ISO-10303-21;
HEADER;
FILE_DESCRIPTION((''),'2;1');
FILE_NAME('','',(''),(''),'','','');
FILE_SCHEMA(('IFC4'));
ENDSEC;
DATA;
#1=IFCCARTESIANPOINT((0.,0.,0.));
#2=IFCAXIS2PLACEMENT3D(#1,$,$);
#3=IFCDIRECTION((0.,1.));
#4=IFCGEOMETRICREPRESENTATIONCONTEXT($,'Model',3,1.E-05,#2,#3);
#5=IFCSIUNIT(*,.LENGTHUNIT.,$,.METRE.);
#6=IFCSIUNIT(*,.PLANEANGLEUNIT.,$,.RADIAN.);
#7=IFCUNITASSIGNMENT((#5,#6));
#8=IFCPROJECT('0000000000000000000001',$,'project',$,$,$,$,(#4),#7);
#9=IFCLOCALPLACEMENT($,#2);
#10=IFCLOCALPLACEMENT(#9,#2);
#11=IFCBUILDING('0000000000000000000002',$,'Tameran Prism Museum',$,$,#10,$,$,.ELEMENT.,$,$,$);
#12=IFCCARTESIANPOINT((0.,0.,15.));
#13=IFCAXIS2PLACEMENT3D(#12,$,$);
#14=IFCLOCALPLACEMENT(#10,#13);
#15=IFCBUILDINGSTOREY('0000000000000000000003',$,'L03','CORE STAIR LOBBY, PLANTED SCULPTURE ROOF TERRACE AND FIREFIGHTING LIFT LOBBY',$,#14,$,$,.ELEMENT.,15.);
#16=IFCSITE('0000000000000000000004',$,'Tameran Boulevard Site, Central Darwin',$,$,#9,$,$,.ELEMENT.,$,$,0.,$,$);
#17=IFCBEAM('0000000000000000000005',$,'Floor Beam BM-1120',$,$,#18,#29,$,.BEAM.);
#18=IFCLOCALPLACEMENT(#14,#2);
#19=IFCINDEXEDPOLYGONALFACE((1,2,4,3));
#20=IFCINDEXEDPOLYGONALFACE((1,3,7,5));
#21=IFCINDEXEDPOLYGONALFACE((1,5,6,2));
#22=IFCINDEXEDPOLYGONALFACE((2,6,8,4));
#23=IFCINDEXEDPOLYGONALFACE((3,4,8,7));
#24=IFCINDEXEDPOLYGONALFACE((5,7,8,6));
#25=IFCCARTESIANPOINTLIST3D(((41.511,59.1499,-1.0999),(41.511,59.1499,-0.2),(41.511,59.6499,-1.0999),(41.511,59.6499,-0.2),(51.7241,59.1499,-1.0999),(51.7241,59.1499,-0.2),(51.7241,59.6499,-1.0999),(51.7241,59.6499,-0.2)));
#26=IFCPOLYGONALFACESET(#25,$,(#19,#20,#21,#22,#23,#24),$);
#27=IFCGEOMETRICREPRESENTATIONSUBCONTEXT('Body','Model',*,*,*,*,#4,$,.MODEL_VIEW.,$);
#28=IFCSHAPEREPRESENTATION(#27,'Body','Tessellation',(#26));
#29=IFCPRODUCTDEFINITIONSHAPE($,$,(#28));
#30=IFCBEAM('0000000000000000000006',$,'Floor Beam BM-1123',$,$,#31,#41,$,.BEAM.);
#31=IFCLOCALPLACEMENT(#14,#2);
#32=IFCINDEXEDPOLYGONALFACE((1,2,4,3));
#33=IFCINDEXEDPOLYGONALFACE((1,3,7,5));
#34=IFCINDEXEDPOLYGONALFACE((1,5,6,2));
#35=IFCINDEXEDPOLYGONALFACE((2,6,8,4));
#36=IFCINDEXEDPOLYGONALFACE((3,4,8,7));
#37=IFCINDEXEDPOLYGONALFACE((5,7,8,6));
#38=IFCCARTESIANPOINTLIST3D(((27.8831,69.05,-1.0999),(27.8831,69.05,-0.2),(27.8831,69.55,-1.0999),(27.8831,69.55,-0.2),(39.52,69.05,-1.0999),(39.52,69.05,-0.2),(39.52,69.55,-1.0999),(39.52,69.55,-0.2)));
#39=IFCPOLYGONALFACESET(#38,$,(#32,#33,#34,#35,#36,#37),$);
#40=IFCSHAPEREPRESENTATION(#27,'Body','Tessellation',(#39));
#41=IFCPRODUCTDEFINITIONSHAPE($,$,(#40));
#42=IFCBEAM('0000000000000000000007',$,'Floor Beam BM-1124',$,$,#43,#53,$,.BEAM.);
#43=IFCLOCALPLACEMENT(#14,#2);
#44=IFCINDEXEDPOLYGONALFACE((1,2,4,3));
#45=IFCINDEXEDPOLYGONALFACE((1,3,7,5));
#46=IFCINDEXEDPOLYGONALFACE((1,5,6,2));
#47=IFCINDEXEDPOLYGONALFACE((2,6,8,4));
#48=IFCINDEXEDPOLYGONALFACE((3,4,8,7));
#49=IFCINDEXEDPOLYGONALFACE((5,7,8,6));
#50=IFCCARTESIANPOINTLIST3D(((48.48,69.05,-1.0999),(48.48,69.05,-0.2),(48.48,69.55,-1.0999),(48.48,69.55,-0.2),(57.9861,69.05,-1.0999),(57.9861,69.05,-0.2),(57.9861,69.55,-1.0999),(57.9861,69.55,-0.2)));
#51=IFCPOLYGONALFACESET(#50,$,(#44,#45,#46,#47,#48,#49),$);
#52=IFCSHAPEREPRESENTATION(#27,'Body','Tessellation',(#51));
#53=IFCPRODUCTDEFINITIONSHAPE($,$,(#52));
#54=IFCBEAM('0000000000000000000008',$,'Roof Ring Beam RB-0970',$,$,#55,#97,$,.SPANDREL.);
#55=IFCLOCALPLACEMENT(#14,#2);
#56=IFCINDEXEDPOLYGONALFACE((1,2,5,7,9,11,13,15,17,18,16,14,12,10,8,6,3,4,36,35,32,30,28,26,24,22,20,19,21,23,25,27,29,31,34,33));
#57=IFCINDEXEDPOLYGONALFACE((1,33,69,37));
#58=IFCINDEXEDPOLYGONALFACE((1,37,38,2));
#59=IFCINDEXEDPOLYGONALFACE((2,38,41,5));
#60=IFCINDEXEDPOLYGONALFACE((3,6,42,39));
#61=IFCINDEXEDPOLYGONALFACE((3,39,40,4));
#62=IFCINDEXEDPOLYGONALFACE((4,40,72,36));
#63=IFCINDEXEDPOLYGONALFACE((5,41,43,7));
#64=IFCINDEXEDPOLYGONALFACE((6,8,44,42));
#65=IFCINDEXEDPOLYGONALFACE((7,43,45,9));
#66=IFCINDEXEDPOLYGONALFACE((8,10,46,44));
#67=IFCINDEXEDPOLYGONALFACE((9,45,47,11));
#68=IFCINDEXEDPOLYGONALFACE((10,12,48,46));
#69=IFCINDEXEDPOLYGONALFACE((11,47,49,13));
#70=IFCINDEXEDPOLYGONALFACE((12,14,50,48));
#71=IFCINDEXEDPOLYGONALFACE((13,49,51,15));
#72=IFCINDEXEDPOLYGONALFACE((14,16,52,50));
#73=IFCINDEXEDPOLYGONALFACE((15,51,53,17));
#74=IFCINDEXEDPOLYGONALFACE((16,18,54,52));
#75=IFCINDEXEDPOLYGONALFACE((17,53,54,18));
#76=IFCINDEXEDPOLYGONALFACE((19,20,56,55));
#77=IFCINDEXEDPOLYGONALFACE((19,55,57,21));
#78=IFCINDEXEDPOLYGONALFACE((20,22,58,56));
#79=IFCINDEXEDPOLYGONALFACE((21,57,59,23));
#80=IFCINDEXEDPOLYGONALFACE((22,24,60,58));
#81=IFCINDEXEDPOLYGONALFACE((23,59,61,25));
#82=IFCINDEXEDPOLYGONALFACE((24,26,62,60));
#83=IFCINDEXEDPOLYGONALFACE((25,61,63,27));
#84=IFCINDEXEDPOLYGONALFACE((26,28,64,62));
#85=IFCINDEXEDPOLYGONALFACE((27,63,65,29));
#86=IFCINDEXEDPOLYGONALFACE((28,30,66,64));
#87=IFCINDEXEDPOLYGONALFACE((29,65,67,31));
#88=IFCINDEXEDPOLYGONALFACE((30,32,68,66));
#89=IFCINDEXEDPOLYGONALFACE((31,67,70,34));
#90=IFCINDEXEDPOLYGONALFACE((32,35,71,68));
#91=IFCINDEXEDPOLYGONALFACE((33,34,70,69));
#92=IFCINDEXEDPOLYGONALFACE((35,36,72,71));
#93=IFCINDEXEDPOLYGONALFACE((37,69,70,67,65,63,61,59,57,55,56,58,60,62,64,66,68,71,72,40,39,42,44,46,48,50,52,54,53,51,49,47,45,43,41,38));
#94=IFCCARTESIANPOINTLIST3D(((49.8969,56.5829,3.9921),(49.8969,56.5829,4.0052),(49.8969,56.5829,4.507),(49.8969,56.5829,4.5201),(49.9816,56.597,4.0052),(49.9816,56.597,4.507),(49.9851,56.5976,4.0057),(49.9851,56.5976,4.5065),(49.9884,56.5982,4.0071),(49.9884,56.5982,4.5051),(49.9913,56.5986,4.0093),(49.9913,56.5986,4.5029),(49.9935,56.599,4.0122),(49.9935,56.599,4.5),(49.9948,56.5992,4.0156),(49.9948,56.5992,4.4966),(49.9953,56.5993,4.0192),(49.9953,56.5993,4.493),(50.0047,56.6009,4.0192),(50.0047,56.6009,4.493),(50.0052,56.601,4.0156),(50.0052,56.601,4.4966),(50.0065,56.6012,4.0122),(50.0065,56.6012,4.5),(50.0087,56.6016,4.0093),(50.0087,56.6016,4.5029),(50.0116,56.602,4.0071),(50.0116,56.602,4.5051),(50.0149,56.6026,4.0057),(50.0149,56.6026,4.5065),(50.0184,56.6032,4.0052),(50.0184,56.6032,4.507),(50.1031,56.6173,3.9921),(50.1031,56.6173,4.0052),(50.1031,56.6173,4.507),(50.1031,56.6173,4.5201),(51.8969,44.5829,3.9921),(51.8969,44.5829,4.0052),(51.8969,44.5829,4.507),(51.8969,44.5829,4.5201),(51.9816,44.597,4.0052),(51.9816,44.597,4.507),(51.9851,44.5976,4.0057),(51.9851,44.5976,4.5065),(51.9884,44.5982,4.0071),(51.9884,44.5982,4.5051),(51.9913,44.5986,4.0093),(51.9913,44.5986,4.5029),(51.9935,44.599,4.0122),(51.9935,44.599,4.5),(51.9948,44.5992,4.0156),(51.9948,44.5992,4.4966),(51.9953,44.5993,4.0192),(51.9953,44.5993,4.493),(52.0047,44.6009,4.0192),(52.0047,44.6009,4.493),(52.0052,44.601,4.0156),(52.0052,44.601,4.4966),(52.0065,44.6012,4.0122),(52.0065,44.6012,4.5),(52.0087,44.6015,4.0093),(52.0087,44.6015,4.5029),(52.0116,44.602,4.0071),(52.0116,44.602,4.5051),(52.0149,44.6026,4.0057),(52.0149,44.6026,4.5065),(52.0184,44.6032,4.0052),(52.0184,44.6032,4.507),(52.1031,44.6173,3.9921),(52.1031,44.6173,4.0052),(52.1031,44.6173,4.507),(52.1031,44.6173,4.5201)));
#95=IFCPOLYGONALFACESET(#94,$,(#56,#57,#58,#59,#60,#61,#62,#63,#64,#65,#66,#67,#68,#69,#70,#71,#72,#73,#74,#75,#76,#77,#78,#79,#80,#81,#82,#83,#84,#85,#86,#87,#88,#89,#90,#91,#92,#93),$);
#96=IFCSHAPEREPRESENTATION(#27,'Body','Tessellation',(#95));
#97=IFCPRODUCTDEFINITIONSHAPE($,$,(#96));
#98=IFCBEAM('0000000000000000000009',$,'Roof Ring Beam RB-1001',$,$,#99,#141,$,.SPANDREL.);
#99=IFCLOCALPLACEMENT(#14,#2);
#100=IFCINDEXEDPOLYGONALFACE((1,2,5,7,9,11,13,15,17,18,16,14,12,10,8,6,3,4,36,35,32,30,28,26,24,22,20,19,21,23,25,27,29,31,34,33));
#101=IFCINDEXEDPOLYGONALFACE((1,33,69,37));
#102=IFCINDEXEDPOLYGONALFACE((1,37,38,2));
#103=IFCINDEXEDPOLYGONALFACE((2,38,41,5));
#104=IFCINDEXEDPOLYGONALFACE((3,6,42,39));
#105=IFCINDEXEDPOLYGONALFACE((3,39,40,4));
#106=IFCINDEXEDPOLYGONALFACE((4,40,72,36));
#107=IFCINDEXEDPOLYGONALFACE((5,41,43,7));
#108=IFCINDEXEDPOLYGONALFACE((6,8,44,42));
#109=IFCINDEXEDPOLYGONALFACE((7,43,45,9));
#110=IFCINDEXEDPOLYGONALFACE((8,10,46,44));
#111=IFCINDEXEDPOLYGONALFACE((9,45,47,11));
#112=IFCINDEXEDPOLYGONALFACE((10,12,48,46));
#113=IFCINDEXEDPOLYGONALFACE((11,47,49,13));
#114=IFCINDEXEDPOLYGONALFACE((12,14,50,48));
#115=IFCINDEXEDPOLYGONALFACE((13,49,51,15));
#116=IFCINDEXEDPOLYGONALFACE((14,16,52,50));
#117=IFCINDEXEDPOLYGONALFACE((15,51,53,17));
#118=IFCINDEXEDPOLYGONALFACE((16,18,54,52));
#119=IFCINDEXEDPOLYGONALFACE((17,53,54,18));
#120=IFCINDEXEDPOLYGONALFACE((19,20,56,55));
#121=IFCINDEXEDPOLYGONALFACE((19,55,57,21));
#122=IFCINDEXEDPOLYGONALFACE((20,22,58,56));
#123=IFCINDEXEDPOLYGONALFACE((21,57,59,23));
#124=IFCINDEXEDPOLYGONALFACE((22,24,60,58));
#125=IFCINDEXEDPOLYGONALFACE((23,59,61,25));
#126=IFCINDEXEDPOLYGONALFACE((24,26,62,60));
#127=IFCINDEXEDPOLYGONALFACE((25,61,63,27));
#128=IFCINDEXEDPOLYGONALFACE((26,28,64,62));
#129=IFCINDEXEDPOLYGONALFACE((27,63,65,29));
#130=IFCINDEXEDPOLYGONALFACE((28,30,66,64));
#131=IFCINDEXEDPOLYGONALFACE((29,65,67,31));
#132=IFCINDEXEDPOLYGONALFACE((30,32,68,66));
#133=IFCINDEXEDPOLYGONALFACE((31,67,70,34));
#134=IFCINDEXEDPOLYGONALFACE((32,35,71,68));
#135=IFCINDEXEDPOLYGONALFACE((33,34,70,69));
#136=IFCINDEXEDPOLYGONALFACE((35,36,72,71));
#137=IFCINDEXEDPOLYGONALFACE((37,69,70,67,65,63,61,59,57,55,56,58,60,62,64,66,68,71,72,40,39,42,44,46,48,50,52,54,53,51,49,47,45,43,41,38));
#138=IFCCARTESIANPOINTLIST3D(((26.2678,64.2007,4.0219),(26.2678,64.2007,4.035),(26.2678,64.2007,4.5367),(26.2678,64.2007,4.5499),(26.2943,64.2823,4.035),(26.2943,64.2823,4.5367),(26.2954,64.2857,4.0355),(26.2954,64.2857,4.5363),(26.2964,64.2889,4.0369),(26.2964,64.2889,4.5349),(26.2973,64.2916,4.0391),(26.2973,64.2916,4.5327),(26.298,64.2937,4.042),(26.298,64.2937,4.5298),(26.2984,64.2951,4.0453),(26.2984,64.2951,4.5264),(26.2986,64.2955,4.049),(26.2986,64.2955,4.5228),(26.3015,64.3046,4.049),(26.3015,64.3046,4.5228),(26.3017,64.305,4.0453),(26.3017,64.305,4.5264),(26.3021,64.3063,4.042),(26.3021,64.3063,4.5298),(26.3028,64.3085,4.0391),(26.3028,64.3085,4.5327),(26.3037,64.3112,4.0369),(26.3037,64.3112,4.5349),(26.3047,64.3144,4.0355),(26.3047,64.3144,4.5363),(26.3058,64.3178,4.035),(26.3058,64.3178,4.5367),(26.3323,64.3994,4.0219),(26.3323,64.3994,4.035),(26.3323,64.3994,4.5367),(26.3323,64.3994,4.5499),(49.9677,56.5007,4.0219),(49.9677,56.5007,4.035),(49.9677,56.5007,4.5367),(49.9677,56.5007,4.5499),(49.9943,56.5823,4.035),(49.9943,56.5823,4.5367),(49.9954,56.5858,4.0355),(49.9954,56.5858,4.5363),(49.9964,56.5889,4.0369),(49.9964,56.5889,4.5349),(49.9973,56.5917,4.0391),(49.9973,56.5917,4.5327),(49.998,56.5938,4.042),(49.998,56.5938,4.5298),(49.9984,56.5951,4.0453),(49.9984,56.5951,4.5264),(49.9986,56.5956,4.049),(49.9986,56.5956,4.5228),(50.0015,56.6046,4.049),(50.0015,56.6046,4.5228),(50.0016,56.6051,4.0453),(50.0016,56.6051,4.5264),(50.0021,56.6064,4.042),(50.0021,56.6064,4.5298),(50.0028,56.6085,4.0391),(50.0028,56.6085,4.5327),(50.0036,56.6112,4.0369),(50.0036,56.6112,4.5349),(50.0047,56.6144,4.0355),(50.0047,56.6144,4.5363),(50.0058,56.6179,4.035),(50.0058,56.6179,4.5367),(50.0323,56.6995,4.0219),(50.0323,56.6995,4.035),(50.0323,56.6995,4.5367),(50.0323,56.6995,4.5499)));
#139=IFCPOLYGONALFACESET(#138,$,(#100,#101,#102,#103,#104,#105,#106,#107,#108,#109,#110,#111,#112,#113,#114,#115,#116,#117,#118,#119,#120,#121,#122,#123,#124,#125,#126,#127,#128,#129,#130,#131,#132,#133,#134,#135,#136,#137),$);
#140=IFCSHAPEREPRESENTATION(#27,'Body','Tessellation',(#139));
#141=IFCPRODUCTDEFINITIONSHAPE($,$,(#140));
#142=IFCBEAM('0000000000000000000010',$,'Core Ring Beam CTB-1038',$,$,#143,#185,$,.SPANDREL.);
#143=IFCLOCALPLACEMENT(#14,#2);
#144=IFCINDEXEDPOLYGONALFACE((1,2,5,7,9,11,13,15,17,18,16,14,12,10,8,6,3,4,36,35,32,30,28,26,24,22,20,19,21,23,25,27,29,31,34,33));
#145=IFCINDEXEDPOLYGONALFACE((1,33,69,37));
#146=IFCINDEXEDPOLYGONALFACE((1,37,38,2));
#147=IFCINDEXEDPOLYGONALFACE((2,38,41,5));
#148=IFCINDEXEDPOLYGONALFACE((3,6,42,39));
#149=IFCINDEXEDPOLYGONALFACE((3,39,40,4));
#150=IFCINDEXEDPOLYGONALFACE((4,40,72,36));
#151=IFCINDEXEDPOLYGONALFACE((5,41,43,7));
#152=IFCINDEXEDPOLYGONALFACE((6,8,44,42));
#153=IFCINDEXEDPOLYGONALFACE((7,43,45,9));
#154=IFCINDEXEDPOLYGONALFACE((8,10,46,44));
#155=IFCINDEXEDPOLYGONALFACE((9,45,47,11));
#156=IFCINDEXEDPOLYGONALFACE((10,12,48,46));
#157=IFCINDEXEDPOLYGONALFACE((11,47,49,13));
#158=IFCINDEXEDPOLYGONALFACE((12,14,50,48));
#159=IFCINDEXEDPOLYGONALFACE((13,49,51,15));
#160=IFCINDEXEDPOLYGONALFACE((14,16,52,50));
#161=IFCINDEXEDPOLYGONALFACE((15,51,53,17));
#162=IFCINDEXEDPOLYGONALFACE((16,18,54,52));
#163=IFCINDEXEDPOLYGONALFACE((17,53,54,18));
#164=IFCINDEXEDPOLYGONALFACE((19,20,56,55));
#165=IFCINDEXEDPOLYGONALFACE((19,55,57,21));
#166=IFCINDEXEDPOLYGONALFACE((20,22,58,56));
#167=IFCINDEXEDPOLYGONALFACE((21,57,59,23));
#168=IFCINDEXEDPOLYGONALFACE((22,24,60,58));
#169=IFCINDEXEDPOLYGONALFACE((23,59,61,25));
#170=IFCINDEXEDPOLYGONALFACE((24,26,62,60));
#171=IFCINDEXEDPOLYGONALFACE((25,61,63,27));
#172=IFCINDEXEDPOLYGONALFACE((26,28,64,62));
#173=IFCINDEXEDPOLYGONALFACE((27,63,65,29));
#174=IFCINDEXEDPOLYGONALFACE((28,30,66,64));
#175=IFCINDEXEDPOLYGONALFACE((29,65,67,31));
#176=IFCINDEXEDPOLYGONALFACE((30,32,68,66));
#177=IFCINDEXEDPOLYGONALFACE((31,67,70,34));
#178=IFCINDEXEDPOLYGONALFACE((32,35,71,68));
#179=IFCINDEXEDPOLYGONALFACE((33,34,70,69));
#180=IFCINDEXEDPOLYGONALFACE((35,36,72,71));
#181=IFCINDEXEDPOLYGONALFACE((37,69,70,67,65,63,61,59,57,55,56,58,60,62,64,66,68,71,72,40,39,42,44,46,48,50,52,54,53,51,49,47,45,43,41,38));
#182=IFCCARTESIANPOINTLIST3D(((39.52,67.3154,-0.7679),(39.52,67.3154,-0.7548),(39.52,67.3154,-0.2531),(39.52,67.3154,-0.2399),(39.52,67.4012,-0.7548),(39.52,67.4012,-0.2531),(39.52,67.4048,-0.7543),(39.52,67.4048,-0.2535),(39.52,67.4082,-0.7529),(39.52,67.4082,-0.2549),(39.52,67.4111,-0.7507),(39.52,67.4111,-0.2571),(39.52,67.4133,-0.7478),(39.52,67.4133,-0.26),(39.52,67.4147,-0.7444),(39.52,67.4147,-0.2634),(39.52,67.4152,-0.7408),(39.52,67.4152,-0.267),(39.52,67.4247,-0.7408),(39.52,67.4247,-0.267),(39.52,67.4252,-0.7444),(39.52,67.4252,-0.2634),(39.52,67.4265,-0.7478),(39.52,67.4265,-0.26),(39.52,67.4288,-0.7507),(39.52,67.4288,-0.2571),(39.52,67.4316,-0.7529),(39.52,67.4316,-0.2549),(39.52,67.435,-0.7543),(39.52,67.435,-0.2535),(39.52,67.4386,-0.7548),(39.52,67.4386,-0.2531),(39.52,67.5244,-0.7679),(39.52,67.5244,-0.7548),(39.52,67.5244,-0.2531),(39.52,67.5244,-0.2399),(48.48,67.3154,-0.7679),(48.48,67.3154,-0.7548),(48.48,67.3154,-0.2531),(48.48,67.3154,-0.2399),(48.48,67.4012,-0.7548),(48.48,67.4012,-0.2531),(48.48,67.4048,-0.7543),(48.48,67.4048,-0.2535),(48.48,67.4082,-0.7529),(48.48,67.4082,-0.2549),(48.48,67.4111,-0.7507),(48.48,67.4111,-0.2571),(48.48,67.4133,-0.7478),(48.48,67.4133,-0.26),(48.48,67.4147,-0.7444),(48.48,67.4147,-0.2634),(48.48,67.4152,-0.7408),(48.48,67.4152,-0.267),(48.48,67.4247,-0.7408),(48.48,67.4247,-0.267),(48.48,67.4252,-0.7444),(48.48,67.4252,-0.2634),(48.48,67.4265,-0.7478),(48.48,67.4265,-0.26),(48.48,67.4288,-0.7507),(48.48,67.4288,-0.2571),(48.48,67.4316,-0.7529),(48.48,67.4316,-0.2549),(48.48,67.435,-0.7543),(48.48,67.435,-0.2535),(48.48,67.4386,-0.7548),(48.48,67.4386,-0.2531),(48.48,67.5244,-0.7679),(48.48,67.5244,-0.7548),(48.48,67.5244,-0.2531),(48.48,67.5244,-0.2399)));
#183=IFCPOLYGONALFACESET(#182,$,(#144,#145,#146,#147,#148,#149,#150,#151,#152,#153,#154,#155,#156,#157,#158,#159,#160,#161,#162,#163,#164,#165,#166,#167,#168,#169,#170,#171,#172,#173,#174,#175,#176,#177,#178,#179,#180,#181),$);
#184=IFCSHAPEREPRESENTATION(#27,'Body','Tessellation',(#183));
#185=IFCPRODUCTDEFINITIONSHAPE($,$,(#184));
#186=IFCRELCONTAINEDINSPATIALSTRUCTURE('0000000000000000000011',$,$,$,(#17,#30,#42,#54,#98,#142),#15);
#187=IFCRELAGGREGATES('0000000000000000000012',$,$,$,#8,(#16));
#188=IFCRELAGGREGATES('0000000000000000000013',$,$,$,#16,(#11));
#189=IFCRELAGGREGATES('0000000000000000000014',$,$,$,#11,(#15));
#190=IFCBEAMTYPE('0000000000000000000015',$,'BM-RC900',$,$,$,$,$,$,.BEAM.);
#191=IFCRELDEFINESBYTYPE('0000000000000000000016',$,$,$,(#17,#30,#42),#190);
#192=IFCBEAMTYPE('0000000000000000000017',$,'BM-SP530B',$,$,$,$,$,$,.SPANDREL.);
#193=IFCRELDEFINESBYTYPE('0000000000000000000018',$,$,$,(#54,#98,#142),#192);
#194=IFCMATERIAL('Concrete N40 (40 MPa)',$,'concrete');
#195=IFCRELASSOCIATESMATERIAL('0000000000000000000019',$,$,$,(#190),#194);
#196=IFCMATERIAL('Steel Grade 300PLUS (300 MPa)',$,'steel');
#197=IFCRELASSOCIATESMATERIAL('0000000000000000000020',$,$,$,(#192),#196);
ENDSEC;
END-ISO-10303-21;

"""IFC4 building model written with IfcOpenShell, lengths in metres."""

from ifc_helpers import new_model, si_unit, direction, frame, origin, origin_2d, place, context, subcontext, project, spatial, rectangle, i_section, extrude, material, material_profile, profile_set, type_object, element, save


model = new_model("IFC4")

# Units and contexts
model_context = context("Model", 3, precision=1e-05, world=origin(), true_north=direction((0.0, 1.0)))
body_context = subcontext(model_context, "Body", "Model", "MODEL_VIEW")
ifc_project = project(units=[si_unit("LENGTHUNIT", "METRE"), si_unit("PLANEANGLEUNIT", "RADIAN")], contexts=[model_context])

# Site, building, storey
site_placement = place(None, origin())
site = spatial("IfcSite", under=ifc_project, at=site_placement, Name="Tameran Boulevard Site, Central Darwin", CompositionType="ELEMENT", RefElevation=0.0)
building_placement = place(site_placement, origin())
building = spatial("IfcBuilding", under=site, at=building_placement, Name="Tameran Prism Museum", CompositionType="ELEMENT")
storey_placement = place(building_placement, frame((0.0, 0.0, 15.0)))
storey = spatial("IfcBuildingStorey", under=building, at=storey_placement, Name="L03", Description="CORE STAIR LOBBY, PLANTED SCULPTURE ROOF TERRACE AND FIREFIGHTING LIFT LOBBY", CompositionType="ELEMENT", Elevation=15.0)

# Beams
ifc_material_1 = material(Name="Concrete N40 (40 MPa)", Category="concrete")
ifc_material_profile_1 = material_profile(ifc_material_1, rectangle(XDim=0.5, YDim=0.8999, at=origin_2d()))
ifc_profile_set_1 = profile_set([ifc_material_profile_1])
beam_type_1 = type_object("IfcBeamType", Name="BM-RC900", PredefinedType="BEAM", material=ifc_profile_set_1)
beam_1_placement = place(storey_placement, frame((41.511, 59.3999, -0.6499), z_axis=(1.0, 0.0, 0.0), x_axis=(0.0, 1.0, 0.0)))
element("IfcBeam", 1, at=beam_1_placement, inside=storey, type_object=beam_type_1, Name="Floor Beam BM-1120", PredefinedType="BEAM", context=body_context, shape_type="SweptSolid", body=[
    extrude(rectangle(XDim=0.5, YDim=0.8999, at=origin_2d()), origin(), (0.0, 0.0, 1.0), 10.2131),
])
beam_2_placement = place(storey_placement, frame((27.8831, 69.3, -0.6499), z_axis=(1.0, 0.0, 0.0), x_axis=(0.0, 1.0, 0.0)))
element("IfcBeam", 2, at=beam_2_placement, inside=storey, type_object=beam_type_1, Name="Floor Beam BM-1123", PredefinedType="BEAM", context=body_context, shape_type="SweptSolid", body=[
    extrude(rectangle(XDim=0.5, YDim=0.8999, at=origin_2d()), origin(), (0.0, 0.0, 1.0), 11.637),
])
beam_3_placement = place(storey_placement, frame((48.48, 69.3, -0.6499), z_axis=(1.0, 0.0, 0.0), x_axis=(0.0, 1.0, 0.0)))
element("IfcBeam", 3, at=beam_3_placement, inside=storey, type_object=beam_type_1, Name="Floor Beam BM-1124", PredefinedType="BEAM", context=body_context, shape_type="SweptSolid", body=[
    extrude(rectangle(XDim=0.5, YDim=0.8999, at=origin_2d()), origin(), (0.0, 0.0, 1.0), 9.5061),
])
ifc_material_2 = material(Name="Steel Grade 300PLUS (300 MPa)", Category="steel")
ifc_material_profile_2 = material_profile(ifc_material_2, i_section(OverallWidth=0.209, OverallDepth=0.5281, WebThickness=0.0095, FlangeThickness=0.0132, FilletRadius=0.0139, at=origin_2d()))
ifc_profile_set_2 = profile_set([ifc_material_profile_2])
beam_type_2 = type_object("IfcBeamType", Name="BM-SP530B", PredefinedType="SPANDREL", material=ifc_profile_set_2)
beam_4_placement = place(storey_placement, frame((50.0, 56.6001, 4.2561), z_axis=(0.164399, -0.986394, 0.0), x_axis=(0.986394, 0.164399, 0.0)))
element("IfcBeam", 4, at=beam_4_placement, inside=storey, type_object=beam_type_2, Name="Roof Ring Beam RB-0970", PredefinedType="SPANDREL", context=body_context, shape_type="SweptSolid", body=[
    extrude(i_section(OverallWidth=0.209, OverallDepth=0.5281, WebThickness=0.0095, FlangeThickness=0.0132, FilletRadius=0.0139, at=origin_2d()), origin(), (0.0, 0.0, 1.0), 12.1655),
])
beam_5_placement = place(storey_placement, frame((26.3, 64.3, 4.2859), z_axis=(0.951064, -0.308994, 0.0), x_axis=(0.308994, 0.951064, 0.0)))
element("IfcBeam", 5, at=beam_5_placement, inside=storey, type_object=beam_type_2, Name="Roof Ring Beam RB-1001", PredefinedType="SPANDREL", context=body_context, shape_type="SweptSolid", body=[
    extrude(i_section(OverallWidth=0.209, OverallDepth=0.5281, WebThickness=0.0095, FlangeThickness=0.0132, FilletRadius=0.0139, at=origin_2d()), origin(), (0.0, 0.0, 1.0), 24.9194),
])
beam_6_placement = place(storey_placement, frame((39.52, 67.4199, -0.5039), z_axis=(1.0, 0.0, 0.0), x_axis=(0.0, 1.0, 0.0)))
element("IfcBeam", 6, at=beam_6_placement, inside=storey, type_object=beam_type_2, Name="Core Ring Beam CTB-1038", PredefinedType="SPANDREL", context=body_context, shape_type="SweptSolid", body=[
    extrude(i_section(OverallWidth=0.209, OverallDepth=0.5281, WebThickness=0.0095, FlangeThickness=0.0132, FilletRadius=0.0139, at=origin_2d()), origin(), (0.0, 0.0, 1.0), 8.96),
])

save(model, "model.ifc")
